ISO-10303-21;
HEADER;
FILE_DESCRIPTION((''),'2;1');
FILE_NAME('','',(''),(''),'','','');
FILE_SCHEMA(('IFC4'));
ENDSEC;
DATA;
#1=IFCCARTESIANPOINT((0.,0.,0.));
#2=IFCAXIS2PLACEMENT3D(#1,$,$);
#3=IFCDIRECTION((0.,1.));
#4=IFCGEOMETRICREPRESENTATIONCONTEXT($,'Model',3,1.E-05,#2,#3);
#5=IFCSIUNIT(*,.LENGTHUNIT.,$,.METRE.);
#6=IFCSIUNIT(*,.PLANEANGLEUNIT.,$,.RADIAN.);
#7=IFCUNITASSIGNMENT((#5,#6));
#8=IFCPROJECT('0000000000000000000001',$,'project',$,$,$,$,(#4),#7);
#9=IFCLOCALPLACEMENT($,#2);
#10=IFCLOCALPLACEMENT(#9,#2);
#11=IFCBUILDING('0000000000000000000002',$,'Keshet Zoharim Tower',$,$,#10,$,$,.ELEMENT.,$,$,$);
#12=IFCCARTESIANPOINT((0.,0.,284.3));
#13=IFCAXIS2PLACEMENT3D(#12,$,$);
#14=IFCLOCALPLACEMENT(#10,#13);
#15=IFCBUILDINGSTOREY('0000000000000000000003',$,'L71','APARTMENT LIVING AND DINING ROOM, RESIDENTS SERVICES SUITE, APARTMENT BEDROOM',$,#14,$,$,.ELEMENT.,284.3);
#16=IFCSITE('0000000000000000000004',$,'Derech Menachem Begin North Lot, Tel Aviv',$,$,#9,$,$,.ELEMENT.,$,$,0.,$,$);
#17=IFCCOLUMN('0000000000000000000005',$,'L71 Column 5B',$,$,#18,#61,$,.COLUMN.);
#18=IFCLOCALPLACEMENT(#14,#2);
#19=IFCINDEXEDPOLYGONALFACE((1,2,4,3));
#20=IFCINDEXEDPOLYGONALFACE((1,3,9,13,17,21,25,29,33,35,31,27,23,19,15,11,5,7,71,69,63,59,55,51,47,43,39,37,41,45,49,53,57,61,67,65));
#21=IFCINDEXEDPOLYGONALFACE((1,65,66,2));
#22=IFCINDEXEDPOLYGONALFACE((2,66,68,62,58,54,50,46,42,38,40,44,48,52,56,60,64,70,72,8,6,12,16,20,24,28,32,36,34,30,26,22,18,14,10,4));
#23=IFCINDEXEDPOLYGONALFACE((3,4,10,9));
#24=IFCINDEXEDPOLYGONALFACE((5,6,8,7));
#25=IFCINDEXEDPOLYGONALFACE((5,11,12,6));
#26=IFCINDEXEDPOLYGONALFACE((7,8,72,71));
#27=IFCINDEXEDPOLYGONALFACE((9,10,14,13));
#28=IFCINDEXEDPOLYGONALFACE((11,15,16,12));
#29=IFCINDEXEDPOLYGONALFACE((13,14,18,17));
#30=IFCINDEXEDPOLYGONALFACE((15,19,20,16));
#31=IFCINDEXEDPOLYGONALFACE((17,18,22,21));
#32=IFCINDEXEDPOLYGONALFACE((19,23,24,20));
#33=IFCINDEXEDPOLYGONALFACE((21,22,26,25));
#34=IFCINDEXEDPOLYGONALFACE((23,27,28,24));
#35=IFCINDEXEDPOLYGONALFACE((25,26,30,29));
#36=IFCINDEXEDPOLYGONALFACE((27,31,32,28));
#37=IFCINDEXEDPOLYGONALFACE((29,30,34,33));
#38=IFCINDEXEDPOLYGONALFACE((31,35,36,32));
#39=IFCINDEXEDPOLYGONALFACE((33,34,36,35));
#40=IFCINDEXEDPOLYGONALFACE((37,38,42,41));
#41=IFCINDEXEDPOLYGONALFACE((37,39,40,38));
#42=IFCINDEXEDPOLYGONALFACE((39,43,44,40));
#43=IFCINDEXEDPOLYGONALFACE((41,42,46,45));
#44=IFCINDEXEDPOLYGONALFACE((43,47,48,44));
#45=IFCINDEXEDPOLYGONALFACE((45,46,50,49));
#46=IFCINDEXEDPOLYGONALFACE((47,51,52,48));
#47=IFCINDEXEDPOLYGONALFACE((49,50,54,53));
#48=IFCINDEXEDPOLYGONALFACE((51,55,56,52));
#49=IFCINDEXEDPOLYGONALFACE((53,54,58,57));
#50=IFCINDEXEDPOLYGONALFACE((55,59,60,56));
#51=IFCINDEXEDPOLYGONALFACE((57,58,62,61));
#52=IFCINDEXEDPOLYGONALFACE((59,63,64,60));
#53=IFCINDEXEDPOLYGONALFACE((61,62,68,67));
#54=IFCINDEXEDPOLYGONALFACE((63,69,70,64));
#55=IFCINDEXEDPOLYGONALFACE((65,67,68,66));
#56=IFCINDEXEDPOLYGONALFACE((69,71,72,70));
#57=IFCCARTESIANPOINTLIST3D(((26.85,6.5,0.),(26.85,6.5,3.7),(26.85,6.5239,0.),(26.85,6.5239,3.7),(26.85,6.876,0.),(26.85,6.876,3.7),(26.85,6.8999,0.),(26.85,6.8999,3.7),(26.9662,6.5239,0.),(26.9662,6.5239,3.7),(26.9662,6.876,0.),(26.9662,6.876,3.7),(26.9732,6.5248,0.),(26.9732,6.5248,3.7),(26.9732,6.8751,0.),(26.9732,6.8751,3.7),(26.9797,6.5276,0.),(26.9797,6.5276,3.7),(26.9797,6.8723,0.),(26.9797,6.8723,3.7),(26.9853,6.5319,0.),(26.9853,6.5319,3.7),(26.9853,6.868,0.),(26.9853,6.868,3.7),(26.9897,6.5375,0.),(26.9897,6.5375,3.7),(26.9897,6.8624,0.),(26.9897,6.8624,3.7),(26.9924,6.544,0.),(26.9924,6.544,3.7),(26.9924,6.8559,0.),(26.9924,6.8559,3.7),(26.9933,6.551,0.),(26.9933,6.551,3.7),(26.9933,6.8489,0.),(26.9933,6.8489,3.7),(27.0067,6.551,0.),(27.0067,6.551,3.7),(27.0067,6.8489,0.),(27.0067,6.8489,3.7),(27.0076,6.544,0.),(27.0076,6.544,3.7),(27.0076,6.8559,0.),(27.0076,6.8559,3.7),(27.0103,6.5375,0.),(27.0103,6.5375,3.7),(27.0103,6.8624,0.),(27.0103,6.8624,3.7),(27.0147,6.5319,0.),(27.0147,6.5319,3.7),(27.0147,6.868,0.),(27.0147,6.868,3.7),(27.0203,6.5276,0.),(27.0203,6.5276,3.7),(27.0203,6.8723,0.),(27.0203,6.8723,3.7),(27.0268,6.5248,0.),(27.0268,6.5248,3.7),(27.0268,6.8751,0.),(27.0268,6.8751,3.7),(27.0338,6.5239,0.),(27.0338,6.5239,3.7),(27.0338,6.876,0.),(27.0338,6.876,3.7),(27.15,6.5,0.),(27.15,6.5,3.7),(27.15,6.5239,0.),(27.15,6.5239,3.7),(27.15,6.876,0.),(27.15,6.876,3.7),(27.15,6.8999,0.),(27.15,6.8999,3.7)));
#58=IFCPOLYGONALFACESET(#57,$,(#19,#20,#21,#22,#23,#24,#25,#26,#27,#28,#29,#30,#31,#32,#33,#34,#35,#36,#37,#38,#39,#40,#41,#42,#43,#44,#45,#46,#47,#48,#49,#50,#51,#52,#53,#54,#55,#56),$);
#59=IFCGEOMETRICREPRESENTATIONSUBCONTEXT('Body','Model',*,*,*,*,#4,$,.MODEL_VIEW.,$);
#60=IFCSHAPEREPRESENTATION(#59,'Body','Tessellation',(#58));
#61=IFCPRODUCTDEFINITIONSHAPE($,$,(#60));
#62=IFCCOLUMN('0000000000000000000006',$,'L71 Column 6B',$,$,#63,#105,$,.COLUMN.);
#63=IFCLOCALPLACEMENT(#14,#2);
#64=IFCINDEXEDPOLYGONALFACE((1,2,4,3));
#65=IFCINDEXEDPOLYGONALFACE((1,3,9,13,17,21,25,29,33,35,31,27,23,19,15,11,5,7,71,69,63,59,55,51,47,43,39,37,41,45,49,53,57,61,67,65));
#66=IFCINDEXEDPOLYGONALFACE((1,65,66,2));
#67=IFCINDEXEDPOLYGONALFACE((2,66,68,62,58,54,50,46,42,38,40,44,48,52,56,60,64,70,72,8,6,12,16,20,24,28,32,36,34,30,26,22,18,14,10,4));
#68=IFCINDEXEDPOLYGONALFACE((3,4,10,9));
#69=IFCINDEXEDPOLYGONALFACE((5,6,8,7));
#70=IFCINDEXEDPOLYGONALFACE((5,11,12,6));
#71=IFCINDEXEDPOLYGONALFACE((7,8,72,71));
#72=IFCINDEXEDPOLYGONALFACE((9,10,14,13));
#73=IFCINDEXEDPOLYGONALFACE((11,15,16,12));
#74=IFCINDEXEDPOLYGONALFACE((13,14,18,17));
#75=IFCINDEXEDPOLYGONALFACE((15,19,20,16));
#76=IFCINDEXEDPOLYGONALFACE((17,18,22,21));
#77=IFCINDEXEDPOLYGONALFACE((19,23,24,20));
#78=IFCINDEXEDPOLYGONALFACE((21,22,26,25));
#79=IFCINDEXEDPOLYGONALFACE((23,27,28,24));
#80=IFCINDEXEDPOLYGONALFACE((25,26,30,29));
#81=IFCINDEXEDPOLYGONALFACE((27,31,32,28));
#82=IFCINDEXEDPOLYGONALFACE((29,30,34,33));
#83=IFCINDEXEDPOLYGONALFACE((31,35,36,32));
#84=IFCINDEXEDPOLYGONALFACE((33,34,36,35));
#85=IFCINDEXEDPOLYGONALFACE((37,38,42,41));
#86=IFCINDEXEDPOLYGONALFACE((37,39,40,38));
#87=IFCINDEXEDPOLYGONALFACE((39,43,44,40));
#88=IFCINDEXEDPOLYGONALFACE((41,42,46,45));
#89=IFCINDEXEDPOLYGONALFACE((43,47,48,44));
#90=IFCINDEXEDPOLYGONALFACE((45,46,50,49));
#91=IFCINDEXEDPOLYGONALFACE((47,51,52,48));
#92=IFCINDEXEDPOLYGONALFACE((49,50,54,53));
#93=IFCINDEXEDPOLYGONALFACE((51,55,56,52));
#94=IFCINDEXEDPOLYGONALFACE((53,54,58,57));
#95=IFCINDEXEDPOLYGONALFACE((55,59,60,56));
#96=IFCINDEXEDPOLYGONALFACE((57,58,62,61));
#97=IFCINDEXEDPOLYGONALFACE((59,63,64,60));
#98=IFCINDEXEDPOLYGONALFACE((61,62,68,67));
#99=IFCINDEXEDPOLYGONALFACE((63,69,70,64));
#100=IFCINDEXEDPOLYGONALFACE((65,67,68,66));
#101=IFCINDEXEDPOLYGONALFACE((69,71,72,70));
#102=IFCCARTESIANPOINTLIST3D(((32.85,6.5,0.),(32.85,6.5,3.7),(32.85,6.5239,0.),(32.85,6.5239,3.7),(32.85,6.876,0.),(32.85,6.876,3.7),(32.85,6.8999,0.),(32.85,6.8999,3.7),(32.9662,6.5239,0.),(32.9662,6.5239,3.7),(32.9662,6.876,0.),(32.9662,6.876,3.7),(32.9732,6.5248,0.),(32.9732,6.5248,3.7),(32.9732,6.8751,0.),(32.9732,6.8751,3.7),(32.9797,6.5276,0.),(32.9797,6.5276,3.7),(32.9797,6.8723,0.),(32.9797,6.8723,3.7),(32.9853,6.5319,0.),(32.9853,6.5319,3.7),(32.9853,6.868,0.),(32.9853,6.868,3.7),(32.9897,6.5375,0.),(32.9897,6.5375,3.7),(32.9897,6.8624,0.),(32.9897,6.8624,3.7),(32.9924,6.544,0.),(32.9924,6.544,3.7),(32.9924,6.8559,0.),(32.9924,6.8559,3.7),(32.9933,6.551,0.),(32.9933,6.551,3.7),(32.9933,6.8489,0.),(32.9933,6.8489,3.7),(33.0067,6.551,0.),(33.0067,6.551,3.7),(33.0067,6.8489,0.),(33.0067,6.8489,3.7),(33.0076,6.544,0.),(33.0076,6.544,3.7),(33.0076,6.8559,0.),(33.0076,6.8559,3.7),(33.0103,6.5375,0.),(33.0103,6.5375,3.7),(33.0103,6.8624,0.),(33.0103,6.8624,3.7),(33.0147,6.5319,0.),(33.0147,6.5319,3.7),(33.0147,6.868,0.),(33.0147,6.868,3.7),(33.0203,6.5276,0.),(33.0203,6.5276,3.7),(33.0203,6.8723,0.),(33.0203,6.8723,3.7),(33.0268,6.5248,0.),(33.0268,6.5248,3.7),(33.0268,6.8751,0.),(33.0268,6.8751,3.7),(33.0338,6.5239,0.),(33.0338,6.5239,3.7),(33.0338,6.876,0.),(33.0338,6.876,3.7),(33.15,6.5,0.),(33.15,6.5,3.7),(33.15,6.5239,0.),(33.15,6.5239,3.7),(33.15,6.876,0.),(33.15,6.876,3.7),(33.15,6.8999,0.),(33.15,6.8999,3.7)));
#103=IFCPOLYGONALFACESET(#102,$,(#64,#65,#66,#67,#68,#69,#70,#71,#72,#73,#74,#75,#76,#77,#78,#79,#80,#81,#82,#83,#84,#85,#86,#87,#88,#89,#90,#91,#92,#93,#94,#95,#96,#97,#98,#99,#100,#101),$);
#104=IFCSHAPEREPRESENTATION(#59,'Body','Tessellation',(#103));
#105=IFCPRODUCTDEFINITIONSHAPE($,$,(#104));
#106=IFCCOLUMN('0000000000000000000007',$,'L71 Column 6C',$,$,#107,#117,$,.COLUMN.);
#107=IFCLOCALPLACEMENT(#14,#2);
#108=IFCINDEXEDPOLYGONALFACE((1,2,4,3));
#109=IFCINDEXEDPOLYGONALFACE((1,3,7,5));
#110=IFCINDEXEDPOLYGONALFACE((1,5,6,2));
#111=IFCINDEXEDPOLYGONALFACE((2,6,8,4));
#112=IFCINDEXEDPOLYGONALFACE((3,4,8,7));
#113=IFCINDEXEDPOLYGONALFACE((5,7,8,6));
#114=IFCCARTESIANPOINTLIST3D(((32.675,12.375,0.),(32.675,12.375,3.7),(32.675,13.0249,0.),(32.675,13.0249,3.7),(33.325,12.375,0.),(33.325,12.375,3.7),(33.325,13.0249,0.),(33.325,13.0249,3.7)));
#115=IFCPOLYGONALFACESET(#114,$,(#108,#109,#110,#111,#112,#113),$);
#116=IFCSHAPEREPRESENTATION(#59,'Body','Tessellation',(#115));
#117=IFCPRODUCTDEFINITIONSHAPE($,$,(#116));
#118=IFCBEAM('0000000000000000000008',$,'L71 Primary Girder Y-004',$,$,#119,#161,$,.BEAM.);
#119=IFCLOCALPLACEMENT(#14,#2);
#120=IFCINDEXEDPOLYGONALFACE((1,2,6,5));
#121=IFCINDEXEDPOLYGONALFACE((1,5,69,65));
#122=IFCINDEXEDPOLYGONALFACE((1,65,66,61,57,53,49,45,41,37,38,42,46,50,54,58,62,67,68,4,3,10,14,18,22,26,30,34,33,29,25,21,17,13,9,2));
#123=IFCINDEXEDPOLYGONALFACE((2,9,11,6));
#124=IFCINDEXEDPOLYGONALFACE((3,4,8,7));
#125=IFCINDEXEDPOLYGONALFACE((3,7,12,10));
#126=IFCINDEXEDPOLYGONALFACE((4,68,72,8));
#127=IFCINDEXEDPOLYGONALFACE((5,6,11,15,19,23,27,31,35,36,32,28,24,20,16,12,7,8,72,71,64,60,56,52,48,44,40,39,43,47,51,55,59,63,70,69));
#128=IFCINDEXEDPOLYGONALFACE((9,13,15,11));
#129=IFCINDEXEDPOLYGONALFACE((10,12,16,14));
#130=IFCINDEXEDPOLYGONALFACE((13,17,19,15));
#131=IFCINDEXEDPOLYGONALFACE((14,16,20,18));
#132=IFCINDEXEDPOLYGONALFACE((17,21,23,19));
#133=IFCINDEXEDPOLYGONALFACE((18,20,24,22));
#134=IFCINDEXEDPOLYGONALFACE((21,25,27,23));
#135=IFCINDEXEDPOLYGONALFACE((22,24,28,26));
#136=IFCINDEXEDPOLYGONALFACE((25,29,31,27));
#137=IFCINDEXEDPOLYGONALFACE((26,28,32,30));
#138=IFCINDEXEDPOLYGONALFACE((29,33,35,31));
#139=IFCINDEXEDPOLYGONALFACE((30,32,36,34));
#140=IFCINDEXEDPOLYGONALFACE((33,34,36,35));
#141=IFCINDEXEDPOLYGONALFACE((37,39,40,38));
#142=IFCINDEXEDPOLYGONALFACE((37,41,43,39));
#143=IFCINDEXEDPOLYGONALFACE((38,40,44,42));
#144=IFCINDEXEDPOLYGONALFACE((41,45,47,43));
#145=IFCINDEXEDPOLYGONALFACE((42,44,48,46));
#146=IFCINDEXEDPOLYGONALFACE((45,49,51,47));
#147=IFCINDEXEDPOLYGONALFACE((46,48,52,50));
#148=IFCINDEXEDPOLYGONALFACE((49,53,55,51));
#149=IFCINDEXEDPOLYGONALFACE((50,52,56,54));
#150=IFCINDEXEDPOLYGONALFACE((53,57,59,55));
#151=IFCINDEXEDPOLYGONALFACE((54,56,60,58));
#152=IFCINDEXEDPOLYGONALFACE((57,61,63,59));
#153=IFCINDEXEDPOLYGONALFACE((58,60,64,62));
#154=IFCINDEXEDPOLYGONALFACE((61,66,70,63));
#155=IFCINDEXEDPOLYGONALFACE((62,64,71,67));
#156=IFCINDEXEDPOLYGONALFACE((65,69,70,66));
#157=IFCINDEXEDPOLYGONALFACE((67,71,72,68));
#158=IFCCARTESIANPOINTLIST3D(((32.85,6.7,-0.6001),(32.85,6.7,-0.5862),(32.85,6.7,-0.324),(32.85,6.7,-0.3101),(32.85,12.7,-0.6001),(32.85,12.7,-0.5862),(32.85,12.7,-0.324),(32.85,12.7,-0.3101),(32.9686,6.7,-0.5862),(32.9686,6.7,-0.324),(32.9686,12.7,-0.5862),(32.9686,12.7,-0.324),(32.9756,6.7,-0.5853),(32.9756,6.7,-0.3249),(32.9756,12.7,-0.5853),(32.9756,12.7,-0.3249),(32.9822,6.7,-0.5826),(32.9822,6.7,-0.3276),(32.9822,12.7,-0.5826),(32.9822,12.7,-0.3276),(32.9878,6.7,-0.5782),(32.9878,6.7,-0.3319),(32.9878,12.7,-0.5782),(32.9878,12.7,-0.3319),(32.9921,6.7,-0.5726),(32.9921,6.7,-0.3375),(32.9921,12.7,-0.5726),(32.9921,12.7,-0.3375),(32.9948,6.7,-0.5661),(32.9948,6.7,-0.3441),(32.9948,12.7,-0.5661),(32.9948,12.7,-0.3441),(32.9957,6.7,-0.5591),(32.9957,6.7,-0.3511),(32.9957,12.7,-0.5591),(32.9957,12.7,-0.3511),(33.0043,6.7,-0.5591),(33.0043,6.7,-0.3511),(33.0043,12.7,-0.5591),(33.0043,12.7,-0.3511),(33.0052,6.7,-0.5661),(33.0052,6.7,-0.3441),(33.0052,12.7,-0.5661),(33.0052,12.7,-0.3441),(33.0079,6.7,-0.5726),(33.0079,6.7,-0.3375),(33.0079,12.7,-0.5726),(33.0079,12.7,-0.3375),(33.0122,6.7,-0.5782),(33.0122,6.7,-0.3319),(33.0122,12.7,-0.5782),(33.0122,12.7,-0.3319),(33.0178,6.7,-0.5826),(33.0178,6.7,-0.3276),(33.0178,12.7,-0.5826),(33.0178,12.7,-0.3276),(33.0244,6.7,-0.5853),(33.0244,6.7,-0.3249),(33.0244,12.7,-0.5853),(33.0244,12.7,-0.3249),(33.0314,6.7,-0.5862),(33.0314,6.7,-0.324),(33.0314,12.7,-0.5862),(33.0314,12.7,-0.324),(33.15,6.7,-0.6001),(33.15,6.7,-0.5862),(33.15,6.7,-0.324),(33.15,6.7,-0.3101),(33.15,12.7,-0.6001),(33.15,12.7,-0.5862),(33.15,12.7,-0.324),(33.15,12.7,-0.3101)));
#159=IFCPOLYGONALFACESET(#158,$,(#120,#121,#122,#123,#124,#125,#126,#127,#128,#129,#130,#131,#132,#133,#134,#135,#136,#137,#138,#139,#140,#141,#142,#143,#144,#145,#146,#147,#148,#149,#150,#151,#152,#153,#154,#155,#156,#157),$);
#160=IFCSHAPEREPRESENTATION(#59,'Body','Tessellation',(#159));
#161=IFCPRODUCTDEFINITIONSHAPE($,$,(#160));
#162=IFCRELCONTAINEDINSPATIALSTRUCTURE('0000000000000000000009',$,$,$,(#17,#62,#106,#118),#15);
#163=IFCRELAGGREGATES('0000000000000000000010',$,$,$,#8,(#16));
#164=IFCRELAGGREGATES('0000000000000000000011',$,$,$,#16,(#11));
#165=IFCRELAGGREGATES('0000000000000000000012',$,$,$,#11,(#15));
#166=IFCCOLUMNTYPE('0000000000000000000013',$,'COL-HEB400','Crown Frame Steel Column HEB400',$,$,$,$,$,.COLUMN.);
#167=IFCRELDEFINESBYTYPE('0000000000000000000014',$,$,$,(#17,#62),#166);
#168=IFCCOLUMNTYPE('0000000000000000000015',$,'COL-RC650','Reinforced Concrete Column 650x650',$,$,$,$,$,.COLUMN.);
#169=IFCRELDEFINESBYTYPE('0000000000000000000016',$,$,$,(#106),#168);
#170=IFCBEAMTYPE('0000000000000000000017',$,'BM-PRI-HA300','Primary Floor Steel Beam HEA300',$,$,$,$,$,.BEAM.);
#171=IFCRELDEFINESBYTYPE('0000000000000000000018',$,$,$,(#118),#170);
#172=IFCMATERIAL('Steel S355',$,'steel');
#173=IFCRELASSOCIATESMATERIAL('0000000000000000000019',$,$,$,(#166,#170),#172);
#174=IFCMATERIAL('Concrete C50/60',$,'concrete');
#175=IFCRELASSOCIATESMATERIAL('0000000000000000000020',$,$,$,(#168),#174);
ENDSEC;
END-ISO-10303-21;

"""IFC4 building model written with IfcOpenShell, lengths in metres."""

from ifc_helpers import new_model, si_unit, direction, frame, origin, origin_2d, place, context, subcontext, project, spatial, rectangle, i_section, extrude, material, material_profile, profile_set, type_object, element, save


model = new_model("IFC4")

# Units and contexts
model_context = context("Model", 3, precision=1e-05, world=origin(), true_north=direction((0.0, 1.0)))
body_context = subcontext(model_context, "Body", "Model", "MODEL_VIEW")
ifc_project = project(units=[si_unit("LENGTHUNIT", "METRE"), si_unit("PLANEANGLEUNIT", "RADIAN")], contexts=[model_context])

# Site, building, storey
site_placement = place(None, origin())
site = spatial("IfcSite", under=ifc_project, at=site_placement, Name="Derech Menachem Begin North Lot, Tel Aviv", CompositionType="ELEMENT", RefElevation=0.0)
building_placement = place(site_placement, origin())
building = spatial("IfcBuilding", under=site, at=building_placement, Name="Keshet Zoharim Tower", CompositionType="ELEMENT")
storey_placement = place(building_placement, frame((0.0, 0.0, 284.3)))
storey = spatial("IfcBuildingStorey", under=building, at=storey_placement, Name="L71", Description="APARTMENT LIVING AND DINING ROOM, RESIDENTS SERVICES SUITE, APARTMENT BEDROOM", CompositionType="ELEMENT", Elevation=284.3)

# Columns
ifc_material_1 = material(Name="Steel S355", Category="steel")
ifc_material_profile_1 = material_profile(ifc_material_1, i_section(OverallWidth=0.3, OverallDepth=0.3999, WebThickness=0.0134, FlangeThickness=0.0239, FilletRadius=0.0271, at=origin_2d()), Name="HEB400")
ifc_profile_set_1 = profile_set([ifc_material_profile_1], Name="Steel S355")
column_type_1 = type_object("IfcColumnType", Name="COL-HEB400", Description="Crown Frame Steel Column HEB400", PredefinedType="COLUMN", material=ifc_profile_set_1)
for number, where, z_axis, x_axis, name in (
    (1, (27.0, 6.7, 0.0), (0.0, 0.0, 1.0), (1.0, 0.0, 0.0), "L71 Column 5B"),
    (2, (33.0, 6.7, 0.0), (0.0, 0.0, 1.0), (1.0, 0.0, 0.0), "L71 Column 6B"),
):
    element("IfcColumn", number, at=place(storey_placement, frame(where, z_axis=z_axis, x_axis=x_axis)), inside=storey, type_object=column_type_1, Name=name, PredefinedType="COLUMN", context=body_context, shape_type="SweptSolid", body=[
        extrude(i_section(OverallWidth=0.3, OverallDepth=0.3999, WebThickness=0.0134, FlangeThickness=0.0239, FilletRadius=0.0271, at=origin_2d()), origin(), (0.0, 0.0, 1.0), 3.7),
    ])
ifc_material_2 = material(Name="Concrete C50/60", Category="concrete")
ifc_material_profile_2 = material_profile(ifc_material_2, rectangle(XDim=0.6499, YDim=0.6499, at=origin_2d()), Name="RC650x650")
ifc_profile_set_2 = profile_set([ifc_material_profile_2], Name="Concrete C50/60")
column_type_2 = type_object("IfcColumnType", Name="COL-RC650", Description="Reinforced Concrete Column 650x650", PredefinedType="COLUMN", material=ifc_profile_set_2)
column_placement = place(storey_placement, frame((33.0, 12.7, 0.0), z_axis=(0.0, 0.0, 1.0), x_axis=(1.0, 0.0, 0.0)))
element("IfcColumn", 3, at=column_placement, inside=storey, type_object=column_type_2, Name="L71 Column 6C", PredefinedType="COLUMN", context=body_context, shape_type="SweptSolid", body=[
    extrude(rectangle(XDim=0.6499, YDim=0.6499, at=origin_2d()), origin(), (0.0, 0.0, 1.0), 3.7),
])

# Beam
ifc_material_profile_3 = material_profile(ifc_material_1, i_section(OverallWidth=0.3, OverallDepth=0.29, WebThickness=0.0085, FlangeThickness=0.0139, FilletRadius=0.0271, at=origin_2d()), Name="HEA300")
ifc_profile_set_3 = profile_set([ifc_material_profile_3], Name="Steel S355")
beam_type_1 = type_object("IfcBeamType", Name="BM-PRI-HA300", Description="Primary Floor Steel Beam HEA300", PredefinedType="BEAM", material=ifc_profile_set_3)
beam_1_placement = place(storey_placement, frame((33.0, 6.7, -0.4551), z_axis=(0.0, 1.0, 0.0), x_axis=(-1.0, 0.0, 0.0)))
element("IfcBeam", 4, at=beam_1_placement, inside=storey, type_object=beam_type_1, Name="L71 Primary Girder Y-004", PredefinedType="BEAM", context=body_context, shape_type="SweptSolid", body=[
    extrude(i_section(OverallWidth=0.3, OverallDepth=0.29, WebThickness=0.0085, FlangeThickness=0.0139, FilletRadius=0.0271, at=origin_2d()), origin(), (0.0, 0.0, 1.0), 6.0),
])

save(model, "model.ifc")
